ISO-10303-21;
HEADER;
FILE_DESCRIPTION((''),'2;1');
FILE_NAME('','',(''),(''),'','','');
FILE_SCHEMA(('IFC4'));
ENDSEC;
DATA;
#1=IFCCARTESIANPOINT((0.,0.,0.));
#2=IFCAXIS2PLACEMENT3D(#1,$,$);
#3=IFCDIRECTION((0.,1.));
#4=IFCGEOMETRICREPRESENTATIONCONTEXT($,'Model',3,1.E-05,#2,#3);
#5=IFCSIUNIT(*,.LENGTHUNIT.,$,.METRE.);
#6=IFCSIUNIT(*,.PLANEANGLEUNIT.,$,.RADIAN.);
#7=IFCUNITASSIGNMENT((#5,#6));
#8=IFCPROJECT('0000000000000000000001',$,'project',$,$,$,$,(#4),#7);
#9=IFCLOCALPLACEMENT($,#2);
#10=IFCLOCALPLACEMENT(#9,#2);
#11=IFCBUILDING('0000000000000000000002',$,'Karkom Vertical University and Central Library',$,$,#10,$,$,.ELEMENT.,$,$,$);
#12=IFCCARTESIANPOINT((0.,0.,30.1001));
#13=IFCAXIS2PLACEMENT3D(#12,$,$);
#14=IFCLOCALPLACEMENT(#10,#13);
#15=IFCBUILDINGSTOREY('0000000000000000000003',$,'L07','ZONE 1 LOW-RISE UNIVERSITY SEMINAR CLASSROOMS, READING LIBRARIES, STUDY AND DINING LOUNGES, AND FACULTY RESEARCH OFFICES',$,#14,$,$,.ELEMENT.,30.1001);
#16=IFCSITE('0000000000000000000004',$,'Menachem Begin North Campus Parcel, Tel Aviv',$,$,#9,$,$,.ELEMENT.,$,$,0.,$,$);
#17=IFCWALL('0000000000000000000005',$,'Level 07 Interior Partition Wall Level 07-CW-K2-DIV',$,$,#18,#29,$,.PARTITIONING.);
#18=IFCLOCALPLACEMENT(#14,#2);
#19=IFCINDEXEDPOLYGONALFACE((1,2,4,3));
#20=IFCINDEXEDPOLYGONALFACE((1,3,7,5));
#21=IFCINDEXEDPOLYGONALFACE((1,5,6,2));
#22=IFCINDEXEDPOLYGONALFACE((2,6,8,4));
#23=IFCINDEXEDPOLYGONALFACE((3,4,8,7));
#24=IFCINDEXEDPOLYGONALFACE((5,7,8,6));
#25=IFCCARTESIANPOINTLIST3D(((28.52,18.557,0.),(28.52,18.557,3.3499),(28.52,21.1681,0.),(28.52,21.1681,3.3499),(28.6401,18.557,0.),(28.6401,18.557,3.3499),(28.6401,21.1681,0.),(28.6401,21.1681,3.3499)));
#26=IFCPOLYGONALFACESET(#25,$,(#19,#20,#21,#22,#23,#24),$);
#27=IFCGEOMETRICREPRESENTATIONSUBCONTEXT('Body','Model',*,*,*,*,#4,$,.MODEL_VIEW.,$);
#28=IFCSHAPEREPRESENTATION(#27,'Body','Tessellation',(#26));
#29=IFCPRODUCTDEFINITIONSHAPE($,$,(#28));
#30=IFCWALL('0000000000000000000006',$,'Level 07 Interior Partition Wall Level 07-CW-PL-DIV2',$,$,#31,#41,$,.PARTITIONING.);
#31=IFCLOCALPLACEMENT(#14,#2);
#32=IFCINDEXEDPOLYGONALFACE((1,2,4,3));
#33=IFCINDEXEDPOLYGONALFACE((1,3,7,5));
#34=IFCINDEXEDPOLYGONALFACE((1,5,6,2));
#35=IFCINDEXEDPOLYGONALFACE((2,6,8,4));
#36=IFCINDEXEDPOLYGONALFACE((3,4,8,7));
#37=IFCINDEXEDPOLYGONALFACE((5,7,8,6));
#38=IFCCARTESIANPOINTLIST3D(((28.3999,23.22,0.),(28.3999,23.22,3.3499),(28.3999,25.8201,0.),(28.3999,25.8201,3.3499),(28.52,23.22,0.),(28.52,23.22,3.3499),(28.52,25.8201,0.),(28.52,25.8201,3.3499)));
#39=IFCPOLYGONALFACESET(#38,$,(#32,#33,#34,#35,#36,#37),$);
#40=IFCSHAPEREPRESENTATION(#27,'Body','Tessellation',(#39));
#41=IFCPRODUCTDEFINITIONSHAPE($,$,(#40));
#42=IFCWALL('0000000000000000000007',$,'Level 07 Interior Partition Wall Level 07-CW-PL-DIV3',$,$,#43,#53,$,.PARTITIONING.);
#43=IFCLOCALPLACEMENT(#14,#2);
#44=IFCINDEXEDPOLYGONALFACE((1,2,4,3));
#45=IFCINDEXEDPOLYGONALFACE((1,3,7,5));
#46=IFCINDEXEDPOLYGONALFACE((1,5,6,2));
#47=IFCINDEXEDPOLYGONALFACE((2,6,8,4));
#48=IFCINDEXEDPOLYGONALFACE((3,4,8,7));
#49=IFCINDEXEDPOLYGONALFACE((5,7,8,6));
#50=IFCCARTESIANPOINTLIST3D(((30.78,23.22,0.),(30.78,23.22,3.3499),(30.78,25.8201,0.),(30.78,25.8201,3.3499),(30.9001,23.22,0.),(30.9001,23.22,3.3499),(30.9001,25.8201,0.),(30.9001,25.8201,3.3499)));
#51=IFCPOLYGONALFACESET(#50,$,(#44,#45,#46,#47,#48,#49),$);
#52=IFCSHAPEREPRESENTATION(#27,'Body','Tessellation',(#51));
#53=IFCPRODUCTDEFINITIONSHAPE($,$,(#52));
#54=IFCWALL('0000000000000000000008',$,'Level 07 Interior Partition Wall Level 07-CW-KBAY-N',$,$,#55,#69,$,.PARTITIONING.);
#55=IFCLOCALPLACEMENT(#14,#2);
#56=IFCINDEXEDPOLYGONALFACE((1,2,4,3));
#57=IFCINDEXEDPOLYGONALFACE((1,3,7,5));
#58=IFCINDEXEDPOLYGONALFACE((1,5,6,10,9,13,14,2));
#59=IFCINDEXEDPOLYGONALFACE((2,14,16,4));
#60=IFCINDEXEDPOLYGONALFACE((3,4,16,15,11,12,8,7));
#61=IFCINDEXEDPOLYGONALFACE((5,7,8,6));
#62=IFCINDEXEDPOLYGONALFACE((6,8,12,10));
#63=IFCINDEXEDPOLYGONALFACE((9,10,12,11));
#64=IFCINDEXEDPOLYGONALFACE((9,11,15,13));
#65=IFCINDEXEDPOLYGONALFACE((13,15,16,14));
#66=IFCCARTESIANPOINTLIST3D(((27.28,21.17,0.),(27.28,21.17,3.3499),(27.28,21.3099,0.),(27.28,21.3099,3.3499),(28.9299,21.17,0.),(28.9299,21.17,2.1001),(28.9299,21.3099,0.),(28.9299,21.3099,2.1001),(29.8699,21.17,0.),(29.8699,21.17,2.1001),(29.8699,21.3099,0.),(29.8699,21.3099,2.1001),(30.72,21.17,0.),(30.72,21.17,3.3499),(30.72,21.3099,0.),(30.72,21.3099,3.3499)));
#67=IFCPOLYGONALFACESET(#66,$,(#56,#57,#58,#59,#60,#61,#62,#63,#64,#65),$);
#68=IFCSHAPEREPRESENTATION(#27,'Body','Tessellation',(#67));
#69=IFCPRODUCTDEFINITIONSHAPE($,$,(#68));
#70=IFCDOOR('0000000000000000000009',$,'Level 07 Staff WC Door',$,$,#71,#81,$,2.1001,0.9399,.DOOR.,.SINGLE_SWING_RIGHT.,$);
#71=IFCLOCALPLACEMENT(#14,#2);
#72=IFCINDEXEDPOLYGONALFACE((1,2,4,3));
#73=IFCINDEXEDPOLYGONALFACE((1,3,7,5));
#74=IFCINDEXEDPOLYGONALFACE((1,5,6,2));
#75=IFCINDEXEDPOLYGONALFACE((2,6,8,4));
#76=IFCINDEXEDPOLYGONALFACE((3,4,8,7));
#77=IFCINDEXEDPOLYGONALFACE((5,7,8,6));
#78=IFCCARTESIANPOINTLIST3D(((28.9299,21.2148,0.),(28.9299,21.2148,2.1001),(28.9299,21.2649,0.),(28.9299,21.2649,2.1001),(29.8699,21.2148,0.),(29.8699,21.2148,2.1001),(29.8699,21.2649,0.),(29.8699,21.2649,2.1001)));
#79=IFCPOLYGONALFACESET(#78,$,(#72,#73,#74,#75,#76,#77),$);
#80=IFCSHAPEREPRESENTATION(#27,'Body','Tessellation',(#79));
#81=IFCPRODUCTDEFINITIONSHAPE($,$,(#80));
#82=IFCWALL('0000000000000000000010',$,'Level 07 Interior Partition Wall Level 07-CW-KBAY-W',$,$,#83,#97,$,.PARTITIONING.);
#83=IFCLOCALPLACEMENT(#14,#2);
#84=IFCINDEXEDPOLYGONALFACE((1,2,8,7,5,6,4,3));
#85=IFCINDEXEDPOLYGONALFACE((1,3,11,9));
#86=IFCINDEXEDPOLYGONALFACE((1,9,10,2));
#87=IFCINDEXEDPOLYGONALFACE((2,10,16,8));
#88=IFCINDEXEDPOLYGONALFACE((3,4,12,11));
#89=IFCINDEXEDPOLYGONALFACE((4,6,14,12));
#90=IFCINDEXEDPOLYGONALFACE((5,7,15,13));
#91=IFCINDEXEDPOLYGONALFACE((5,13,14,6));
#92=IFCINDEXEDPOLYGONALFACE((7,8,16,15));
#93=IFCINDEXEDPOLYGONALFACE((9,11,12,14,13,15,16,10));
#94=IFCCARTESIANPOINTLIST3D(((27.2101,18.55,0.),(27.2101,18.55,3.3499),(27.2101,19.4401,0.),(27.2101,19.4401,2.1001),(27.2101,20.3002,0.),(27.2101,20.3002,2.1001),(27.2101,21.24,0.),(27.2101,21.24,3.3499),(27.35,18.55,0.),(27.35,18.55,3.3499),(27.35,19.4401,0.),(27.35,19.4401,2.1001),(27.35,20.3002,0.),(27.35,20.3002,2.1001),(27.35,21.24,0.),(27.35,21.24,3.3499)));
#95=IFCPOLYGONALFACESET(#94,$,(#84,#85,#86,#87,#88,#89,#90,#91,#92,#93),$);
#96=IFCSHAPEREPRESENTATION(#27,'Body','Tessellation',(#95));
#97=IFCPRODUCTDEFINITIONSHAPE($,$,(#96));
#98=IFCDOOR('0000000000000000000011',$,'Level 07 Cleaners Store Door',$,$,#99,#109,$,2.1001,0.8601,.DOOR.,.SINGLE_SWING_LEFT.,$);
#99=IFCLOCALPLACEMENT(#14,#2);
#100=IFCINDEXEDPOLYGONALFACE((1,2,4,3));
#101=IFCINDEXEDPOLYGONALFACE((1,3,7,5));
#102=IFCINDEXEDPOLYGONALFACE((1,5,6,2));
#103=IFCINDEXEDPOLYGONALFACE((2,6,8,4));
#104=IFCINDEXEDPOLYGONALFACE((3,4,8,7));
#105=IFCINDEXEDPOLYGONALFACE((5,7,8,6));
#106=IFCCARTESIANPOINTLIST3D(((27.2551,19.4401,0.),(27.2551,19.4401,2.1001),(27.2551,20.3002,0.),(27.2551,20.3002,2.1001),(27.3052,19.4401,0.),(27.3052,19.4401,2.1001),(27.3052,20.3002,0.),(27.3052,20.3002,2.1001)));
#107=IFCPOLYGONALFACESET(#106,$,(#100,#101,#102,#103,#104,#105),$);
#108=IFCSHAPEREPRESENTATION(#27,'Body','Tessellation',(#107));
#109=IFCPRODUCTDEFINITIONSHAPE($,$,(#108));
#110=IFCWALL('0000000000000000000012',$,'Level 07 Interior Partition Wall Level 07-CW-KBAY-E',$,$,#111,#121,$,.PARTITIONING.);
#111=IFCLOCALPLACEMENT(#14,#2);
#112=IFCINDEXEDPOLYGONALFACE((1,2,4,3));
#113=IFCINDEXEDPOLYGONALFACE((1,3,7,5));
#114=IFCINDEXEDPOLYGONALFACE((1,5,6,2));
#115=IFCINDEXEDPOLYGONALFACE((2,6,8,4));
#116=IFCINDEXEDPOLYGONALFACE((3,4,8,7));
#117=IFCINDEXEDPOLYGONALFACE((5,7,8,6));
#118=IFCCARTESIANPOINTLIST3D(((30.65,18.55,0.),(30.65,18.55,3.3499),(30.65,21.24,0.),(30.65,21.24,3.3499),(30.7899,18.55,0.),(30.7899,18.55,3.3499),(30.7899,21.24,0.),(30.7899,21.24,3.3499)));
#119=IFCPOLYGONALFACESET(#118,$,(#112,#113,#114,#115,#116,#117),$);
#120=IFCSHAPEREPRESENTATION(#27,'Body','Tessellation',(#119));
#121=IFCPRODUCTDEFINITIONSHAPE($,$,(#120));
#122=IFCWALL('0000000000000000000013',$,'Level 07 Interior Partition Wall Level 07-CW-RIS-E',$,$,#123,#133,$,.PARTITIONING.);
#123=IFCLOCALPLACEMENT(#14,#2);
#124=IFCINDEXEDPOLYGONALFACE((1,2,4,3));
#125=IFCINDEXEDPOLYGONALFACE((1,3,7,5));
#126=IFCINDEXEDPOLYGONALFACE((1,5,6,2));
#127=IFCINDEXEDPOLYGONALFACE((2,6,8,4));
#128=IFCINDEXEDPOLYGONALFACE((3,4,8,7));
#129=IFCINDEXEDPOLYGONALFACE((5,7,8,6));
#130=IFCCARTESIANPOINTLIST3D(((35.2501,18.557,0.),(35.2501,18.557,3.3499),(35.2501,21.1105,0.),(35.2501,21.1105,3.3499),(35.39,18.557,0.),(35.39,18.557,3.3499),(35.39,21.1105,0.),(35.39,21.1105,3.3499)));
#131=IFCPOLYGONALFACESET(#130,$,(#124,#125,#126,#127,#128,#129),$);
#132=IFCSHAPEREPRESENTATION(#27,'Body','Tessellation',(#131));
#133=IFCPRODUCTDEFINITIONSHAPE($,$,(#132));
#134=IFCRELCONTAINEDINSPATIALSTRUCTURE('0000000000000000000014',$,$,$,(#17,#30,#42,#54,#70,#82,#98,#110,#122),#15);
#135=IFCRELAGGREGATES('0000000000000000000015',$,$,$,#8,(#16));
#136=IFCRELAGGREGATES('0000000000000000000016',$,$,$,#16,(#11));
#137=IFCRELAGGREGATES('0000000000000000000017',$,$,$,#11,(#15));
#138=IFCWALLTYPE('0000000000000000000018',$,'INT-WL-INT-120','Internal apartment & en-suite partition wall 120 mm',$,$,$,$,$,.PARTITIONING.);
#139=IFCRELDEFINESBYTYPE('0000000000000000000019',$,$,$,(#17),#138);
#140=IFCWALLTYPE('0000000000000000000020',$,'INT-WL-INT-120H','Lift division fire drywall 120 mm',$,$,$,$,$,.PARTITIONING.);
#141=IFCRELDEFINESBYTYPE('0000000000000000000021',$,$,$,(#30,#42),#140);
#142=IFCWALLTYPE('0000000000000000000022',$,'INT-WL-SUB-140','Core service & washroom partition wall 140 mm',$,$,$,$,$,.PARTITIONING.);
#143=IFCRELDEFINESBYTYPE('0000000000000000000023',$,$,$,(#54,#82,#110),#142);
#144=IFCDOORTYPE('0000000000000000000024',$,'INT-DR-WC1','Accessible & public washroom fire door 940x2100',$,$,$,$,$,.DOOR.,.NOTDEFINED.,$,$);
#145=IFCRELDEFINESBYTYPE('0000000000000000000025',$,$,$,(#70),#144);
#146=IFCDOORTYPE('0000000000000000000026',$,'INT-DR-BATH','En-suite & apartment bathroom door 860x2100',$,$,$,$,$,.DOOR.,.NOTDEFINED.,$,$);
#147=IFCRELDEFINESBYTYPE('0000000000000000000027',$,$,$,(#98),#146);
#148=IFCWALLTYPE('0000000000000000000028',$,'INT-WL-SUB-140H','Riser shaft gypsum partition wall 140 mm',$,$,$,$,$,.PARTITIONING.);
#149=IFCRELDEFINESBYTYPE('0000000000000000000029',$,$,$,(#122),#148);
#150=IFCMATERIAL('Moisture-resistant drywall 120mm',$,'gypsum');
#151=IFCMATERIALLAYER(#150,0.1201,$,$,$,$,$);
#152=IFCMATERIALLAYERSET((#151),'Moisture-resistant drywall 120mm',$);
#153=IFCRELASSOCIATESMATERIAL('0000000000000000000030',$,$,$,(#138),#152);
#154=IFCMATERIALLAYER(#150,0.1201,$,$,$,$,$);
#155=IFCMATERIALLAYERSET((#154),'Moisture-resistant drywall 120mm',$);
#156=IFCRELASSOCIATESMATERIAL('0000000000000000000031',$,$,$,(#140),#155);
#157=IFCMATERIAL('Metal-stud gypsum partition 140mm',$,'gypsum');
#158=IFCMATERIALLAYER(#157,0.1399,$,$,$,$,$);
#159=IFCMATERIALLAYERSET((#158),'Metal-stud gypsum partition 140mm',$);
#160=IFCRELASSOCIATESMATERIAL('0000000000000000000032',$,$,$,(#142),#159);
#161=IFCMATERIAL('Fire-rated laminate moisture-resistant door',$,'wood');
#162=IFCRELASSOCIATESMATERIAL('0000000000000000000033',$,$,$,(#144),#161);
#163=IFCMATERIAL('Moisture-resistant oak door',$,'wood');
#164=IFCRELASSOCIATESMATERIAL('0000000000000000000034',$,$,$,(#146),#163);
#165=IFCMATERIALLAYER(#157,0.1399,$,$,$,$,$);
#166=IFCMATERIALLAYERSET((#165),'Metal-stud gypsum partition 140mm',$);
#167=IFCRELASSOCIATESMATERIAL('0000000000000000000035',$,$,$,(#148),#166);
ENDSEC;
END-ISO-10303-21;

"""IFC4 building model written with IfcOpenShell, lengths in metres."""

from ifc_helpers import new_model, si_unit, direction, frame, frame_2d, origin, origin_with_axes, place, context, subcontext, project, spatial, rectangle, extrude, source, transform, mapped, material, layer, layer_set, type_object, element, fill, save


model = new_model("IFC4")

# Units and contexts
model_context = context("Model", 3, precision=1e-05, world=origin(), true_north=direction((0.0, 1.0)))
body_context = subcontext(model_context, "Body", "Model", "MODEL_VIEW")
ifc_project = project(units=[si_unit("LENGTHUNIT", "METRE"), si_unit("PLANEANGLEUNIT", "RADIAN")], contexts=[model_context])

# Site, building, storey
site_placement = place(None, origin())
site = spatial("IfcSite", under=ifc_project, at=site_placement, Name="Menachem Begin North Campus Parcel, Tel Aviv", CompositionType="ELEMENT", RefElevation=0.0)
building_placement = place(site_placement, origin())
building = spatial("IfcBuilding", under=site, at=building_placement, Name="Karkom Vertical University and Central Library", CompositionType="ELEMENT")
storey_placement = place(building_placement, frame((0.0, 0.0, 30.1001)))
storey = spatial("IfcBuildingStorey", under=building, at=storey_placement, Name="L07", Description="ZONE 1 LOW-RISE UNIVERSITY SEMINAR CLASSROOMS, READING LIBRARIES, STUDY AND DINING LOUNGES, AND FACULTY RESEARCH OFFICES", CompositionType="ELEMENT", Elevation=30.1001)

# Walls
ifc_material_1 = material(Name="Moisture-resistant drywall 120mm", Category="gypsum")
ifc_layer_1 = layer(ifc_material_1, 0.1201)
ifc_layer_set_1 = layer_set([ifc_layer_1], Name="Moisture-resistant drywall 120mm")
wall_type_1 = type_object("IfcWallType", Name="INT-WL-INT-120", Description="Internal apartment & en-suite partition wall 120 mm", PredefinedType="PARTITIONING", material=ifc_layer_set_1)
wall_1_placement = place(storey_placement, frame((28.5801, 18.5569, 0.0), z_axis=(0.0, 0.0, 1.0), x_axis=(0.0, 1.0, 0.0)))
element("IfcWall", 1, at=wall_1_placement, inside=storey, type_object=wall_type_1, Name="Level 07 Interior Partition Wall Level 07-CW-K2-DIV", PredefinedType="PARTITIONING", context=body_context, shape_type="SweptSolid", body=[
    extrude(rectangle(XDim=2.6111, YDim=0.1201, at=frame_2d((1.3057, 0.0))), origin(), (0.0, 0.0, 1.0), 3.3499),
])
ifc_layer_2 = layer(ifc_material_1, 0.1201)
ifc_layer_set_2 = layer_set([ifc_layer_2], Name="Moisture-resistant drywall 120mm")
wall_type_2 = type_object("IfcWallType", Name="INT-WL-INT-120H", Description="Lift division fire drywall 120 mm", PredefinedType="PARTITIONING", material=ifc_layer_set_2)
for number, where, z_axis, x_axis, name in (
    (2, (28.46, 23.22, 0.0), (0.0, 0.0, 1.0), (0.0, 1.0, 0.0), "Level 07 Interior Partition Wall Level 07-CW-PL-DIV2"),
    (3, (30.8401, 23.22, 0.0), (0.0, 0.0, 1.0), (0.0, 1.0, 0.0), "Level 07 Interior Partition Wall Level 07-CW-PL-DIV3"),
):
    element("IfcWall", number, at=place(storey_placement, frame(where, z_axis=z_axis, x_axis=x_axis)), inside=storey, type_object=wall_type_2, Name=name, PredefinedType="PARTITIONING", context=body_context, shape_type="SweptSolid", body=[
        extrude(rectangle(XDim=2.6001, YDim=0.1201, at=frame_2d((1.3, 0.0))), origin(), (0.0, 0.0, 1.0), 3.3499),
    ])

# Walls, openings, doors
ifc_material_2 = material(Name="Metal-stud gypsum partition 140mm", Category="gypsum")
ifc_layer_3 = layer(ifc_material_2, 0.1399)
ifc_layer_set_3 = layer_set([ifc_layer_3], Name="Metal-stud gypsum partition 140mm")
wall_type_3 = type_object("IfcWallType", Name="INT-WL-SUB-140", Description="Core service & washroom partition wall 140 mm", PredefinedType="PARTITIONING", material=ifc_layer_set_3)
wall_2_placement = place(storey_placement, frame((27.28, 21.24, 0.0), z_axis=(0.0, 0.0, 1.0), x_axis=(1.0, 0.0, 0.0)))
wall_2 = element("IfcWall", 4, at=wall_2_placement, inside=storey, type_object=wall_type_3, Name="Level 07 Interior Partition Wall Level 07-CW-KBAY-N", PredefinedType="PARTITIONING", context=body_context, shape_type="SweptSolid", body=[
    extrude(rectangle(XDim=3.4399, YDim=0.1399, at=frame_2d((1.72, 0.0))), origin(), (0.0, 0.0, 1.0), 3.3499),
])
opening_1_placement = place(wall_2_placement, frame((1.6499, 0.0, 0.0)))
opening_1 = element("IfcOpeningElement", 5, at=opening_1_placement, cuts=wall_2, PredefinedType="OPENING", context=body_context, shape_type="SweptSolid", body=[
    extrude(rectangle(XDim=0.9399, YDim=2.1001, at=frame_2d((0.47, 1.05))), frame((0.0, 0.0801, 0.0), z_axis=(0.0, -1.0, 0.0), x_axis=(1.0, 0.0, 0.0)), (0.0, 0.0, 1.0), 0.1599),
])
ifc_material_3 = material(Name="Fire-rated laminate moisture-resistant door", Category="wood")
door_type_1 = type_object("IfcDoorType", Name="INT-DR-WC1", Description="Accessible & public washroom fire door 940x2100", OperationType="NOTDEFINED", PredefinedType="DOOR", material=ifc_material_3)
shared_shape_1 = source(origin_with_axes(), body_context, "Body", "SweptSolid", [
    extrude(rectangle(XDim=0.9399, YDim=2.1001, at=frame_2d((0.47, 1.05))), frame((0.0, 0.0249, 0.0), z_axis=(0.0, -1.0, 0.0), x_axis=(1.0, 0.0, 0.0)), (0.0, 0.0, 1.0), 0.05),
])
door_1_placement = place(opening_1_placement, origin())
door_1 = element("IfcDoor", 6, at=door_1_placement, inside=storey, type_object=door_type_1, Name="Level 07 Staff WC Door", OperationType="SINGLE_SWING_RIGHT", OverallHeight=2.1001, OverallWidth=0.9399, PredefinedType="DOOR", context=body_context, shape_type="MappedRepresentation", body=[
    mapped(shared_shape_1, transform((0.0, 0.0, 0.0), scale=1.0)),
])
fill(opening_1, door_1)
wall_3_placement = place(storey_placement, frame((27.28, 18.55, 0.0), z_axis=(0.0, 0.0, 1.0), x_axis=(0.0, 1.0, 0.0)))
wall_3 = element("IfcWall", 7, at=wall_3_placement, inside=storey, type_object=wall_type_3, Name="Level 07 Interior Partition Wall Level 07-CW-KBAY-W", PredefinedType="PARTITIONING", context=body_context, shape_type="SweptSolid", body=[
    extrude(rectangle(XDim=2.6899, YDim=0.1399, at=frame_2d((1.345, 0.0))), origin(), (0.0, 0.0, 1.0), 3.3499),
])
opening_2_placement = place(wall_3_placement, frame((0.8899, 0.0, 0.0)))
opening_2 = element("IfcOpeningElement", 8, at=opening_2_placement, cuts=wall_3, PredefinedType="OPENING", context=body_context, shape_type="SweptSolid", body=[
    extrude(rectangle(XDim=0.8601, YDim=2.1001, at=frame_2d((0.4302, 1.05))), frame((0.0, 0.0801, 0.0), z_axis=(0.0, -1.0, 0.0), x_axis=(1.0, 0.0, 0.0)), (0.0, 0.0, 1.0), 0.1599),
])
ifc_material_4 = material(Name="Moisture-resistant oak door", Category="wood")
door_type_2 = type_object("IfcDoorType", Name="INT-DR-BATH", Description="En-suite & apartment bathroom door 860x2100", OperationType="NOTDEFINED", PredefinedType="DOOR", material=ifc_material_4)
shared_shape_2 = source(origin_with_axes(), body_context, "Body", "SweptSolid", [
    extrude(rectangle(XDim=0.8601, YDim=2.1001, at=frame_2d((0.4302, 1.05))), frame((0.0, 0.0249, 0.0), z_axis=(0.0, -1.0, 0.0), x_axis=(1.0, 0.0, 0.0)), (0.0, 0.0, 1.0), 0.05),
])
door_2_placement = place(opening_2_placement, origin())
door_2 = element("IfcDoor", 9, at=door_2_placement, inside=storey, type_object=door_type_2, Name="Level 07 Cleaners Store Door", OperationType="SINGLE_SWING_LEFT", OverallHeight=2.1001, OverallWidth=0.8601, PredefinedType="DOOR", context=body_context, shape_type="MappedRepresentation", body=[
    mapped(shared_shape_2, transform((0.0, 0.0, 0.0), scale=1.0)),
])
fill(opening_2, door_2)

# Walls
wall_4_placement = place(storey_placement, frame((30.72, 18.55, 0.0), z_axis=(0.0, 0.0, 1.0), x_axis=(0.0, 1.0, 0.0)))
element("IfcWall", 10, at=wall_4_placement, inside=storey, type_object=wall_type_3, Name="Level 07 Interior Partition Wall Level 07-CW-KBAY-E", PredefinedType="PARTITIONING", context=body_context, shape_type="SweptSolid", body=[
    extrude(rectangle(XDim=2.6899, YDim=0.1399, at=frame_2d((1.345, 0.0))), origin(), (0.0, 0.0, 1.0), 3.3499),
])
ifc_layer_4 = layer(ifc_material_2, 0.1399)
ifc_layer_set_4 = layer_set([ifc_layer_4], Name="Metal-stud gypsum partition 140mm")
wall_type_4 = type_object("IfcWallType", Name="INT-WL-SUB-140H", Description="Riser shaft gypsum partition wall 140 mm", PredefinedType="PARTITIONING", material=ifc_layer_set_4)
wall_5_placement = place(storey_placement, frame((35.3201, 18.5569, 0.0), z_axis=(0.0, 0.0, 1.0), x_axis=(0.0, 1.0, 0.0)))
element("IfcWall", 11, at=wall_5_placement, inside=storey, type_object=wall_type_4, Name="Level 07 Interior Partition Wall Level 07-CW-RIS-E", PredefinedType="PARTITIONING", context=body_context, shape_type="SweptSolid", body=[
    extrude(rectangle(XDim=2.5535, YDim=0.1399, at=frame_2d((1.2769, 0.0))), origin(), (0.0, 0.0, 1.0), 3.3499),
])

save(model, "model.ifc")
